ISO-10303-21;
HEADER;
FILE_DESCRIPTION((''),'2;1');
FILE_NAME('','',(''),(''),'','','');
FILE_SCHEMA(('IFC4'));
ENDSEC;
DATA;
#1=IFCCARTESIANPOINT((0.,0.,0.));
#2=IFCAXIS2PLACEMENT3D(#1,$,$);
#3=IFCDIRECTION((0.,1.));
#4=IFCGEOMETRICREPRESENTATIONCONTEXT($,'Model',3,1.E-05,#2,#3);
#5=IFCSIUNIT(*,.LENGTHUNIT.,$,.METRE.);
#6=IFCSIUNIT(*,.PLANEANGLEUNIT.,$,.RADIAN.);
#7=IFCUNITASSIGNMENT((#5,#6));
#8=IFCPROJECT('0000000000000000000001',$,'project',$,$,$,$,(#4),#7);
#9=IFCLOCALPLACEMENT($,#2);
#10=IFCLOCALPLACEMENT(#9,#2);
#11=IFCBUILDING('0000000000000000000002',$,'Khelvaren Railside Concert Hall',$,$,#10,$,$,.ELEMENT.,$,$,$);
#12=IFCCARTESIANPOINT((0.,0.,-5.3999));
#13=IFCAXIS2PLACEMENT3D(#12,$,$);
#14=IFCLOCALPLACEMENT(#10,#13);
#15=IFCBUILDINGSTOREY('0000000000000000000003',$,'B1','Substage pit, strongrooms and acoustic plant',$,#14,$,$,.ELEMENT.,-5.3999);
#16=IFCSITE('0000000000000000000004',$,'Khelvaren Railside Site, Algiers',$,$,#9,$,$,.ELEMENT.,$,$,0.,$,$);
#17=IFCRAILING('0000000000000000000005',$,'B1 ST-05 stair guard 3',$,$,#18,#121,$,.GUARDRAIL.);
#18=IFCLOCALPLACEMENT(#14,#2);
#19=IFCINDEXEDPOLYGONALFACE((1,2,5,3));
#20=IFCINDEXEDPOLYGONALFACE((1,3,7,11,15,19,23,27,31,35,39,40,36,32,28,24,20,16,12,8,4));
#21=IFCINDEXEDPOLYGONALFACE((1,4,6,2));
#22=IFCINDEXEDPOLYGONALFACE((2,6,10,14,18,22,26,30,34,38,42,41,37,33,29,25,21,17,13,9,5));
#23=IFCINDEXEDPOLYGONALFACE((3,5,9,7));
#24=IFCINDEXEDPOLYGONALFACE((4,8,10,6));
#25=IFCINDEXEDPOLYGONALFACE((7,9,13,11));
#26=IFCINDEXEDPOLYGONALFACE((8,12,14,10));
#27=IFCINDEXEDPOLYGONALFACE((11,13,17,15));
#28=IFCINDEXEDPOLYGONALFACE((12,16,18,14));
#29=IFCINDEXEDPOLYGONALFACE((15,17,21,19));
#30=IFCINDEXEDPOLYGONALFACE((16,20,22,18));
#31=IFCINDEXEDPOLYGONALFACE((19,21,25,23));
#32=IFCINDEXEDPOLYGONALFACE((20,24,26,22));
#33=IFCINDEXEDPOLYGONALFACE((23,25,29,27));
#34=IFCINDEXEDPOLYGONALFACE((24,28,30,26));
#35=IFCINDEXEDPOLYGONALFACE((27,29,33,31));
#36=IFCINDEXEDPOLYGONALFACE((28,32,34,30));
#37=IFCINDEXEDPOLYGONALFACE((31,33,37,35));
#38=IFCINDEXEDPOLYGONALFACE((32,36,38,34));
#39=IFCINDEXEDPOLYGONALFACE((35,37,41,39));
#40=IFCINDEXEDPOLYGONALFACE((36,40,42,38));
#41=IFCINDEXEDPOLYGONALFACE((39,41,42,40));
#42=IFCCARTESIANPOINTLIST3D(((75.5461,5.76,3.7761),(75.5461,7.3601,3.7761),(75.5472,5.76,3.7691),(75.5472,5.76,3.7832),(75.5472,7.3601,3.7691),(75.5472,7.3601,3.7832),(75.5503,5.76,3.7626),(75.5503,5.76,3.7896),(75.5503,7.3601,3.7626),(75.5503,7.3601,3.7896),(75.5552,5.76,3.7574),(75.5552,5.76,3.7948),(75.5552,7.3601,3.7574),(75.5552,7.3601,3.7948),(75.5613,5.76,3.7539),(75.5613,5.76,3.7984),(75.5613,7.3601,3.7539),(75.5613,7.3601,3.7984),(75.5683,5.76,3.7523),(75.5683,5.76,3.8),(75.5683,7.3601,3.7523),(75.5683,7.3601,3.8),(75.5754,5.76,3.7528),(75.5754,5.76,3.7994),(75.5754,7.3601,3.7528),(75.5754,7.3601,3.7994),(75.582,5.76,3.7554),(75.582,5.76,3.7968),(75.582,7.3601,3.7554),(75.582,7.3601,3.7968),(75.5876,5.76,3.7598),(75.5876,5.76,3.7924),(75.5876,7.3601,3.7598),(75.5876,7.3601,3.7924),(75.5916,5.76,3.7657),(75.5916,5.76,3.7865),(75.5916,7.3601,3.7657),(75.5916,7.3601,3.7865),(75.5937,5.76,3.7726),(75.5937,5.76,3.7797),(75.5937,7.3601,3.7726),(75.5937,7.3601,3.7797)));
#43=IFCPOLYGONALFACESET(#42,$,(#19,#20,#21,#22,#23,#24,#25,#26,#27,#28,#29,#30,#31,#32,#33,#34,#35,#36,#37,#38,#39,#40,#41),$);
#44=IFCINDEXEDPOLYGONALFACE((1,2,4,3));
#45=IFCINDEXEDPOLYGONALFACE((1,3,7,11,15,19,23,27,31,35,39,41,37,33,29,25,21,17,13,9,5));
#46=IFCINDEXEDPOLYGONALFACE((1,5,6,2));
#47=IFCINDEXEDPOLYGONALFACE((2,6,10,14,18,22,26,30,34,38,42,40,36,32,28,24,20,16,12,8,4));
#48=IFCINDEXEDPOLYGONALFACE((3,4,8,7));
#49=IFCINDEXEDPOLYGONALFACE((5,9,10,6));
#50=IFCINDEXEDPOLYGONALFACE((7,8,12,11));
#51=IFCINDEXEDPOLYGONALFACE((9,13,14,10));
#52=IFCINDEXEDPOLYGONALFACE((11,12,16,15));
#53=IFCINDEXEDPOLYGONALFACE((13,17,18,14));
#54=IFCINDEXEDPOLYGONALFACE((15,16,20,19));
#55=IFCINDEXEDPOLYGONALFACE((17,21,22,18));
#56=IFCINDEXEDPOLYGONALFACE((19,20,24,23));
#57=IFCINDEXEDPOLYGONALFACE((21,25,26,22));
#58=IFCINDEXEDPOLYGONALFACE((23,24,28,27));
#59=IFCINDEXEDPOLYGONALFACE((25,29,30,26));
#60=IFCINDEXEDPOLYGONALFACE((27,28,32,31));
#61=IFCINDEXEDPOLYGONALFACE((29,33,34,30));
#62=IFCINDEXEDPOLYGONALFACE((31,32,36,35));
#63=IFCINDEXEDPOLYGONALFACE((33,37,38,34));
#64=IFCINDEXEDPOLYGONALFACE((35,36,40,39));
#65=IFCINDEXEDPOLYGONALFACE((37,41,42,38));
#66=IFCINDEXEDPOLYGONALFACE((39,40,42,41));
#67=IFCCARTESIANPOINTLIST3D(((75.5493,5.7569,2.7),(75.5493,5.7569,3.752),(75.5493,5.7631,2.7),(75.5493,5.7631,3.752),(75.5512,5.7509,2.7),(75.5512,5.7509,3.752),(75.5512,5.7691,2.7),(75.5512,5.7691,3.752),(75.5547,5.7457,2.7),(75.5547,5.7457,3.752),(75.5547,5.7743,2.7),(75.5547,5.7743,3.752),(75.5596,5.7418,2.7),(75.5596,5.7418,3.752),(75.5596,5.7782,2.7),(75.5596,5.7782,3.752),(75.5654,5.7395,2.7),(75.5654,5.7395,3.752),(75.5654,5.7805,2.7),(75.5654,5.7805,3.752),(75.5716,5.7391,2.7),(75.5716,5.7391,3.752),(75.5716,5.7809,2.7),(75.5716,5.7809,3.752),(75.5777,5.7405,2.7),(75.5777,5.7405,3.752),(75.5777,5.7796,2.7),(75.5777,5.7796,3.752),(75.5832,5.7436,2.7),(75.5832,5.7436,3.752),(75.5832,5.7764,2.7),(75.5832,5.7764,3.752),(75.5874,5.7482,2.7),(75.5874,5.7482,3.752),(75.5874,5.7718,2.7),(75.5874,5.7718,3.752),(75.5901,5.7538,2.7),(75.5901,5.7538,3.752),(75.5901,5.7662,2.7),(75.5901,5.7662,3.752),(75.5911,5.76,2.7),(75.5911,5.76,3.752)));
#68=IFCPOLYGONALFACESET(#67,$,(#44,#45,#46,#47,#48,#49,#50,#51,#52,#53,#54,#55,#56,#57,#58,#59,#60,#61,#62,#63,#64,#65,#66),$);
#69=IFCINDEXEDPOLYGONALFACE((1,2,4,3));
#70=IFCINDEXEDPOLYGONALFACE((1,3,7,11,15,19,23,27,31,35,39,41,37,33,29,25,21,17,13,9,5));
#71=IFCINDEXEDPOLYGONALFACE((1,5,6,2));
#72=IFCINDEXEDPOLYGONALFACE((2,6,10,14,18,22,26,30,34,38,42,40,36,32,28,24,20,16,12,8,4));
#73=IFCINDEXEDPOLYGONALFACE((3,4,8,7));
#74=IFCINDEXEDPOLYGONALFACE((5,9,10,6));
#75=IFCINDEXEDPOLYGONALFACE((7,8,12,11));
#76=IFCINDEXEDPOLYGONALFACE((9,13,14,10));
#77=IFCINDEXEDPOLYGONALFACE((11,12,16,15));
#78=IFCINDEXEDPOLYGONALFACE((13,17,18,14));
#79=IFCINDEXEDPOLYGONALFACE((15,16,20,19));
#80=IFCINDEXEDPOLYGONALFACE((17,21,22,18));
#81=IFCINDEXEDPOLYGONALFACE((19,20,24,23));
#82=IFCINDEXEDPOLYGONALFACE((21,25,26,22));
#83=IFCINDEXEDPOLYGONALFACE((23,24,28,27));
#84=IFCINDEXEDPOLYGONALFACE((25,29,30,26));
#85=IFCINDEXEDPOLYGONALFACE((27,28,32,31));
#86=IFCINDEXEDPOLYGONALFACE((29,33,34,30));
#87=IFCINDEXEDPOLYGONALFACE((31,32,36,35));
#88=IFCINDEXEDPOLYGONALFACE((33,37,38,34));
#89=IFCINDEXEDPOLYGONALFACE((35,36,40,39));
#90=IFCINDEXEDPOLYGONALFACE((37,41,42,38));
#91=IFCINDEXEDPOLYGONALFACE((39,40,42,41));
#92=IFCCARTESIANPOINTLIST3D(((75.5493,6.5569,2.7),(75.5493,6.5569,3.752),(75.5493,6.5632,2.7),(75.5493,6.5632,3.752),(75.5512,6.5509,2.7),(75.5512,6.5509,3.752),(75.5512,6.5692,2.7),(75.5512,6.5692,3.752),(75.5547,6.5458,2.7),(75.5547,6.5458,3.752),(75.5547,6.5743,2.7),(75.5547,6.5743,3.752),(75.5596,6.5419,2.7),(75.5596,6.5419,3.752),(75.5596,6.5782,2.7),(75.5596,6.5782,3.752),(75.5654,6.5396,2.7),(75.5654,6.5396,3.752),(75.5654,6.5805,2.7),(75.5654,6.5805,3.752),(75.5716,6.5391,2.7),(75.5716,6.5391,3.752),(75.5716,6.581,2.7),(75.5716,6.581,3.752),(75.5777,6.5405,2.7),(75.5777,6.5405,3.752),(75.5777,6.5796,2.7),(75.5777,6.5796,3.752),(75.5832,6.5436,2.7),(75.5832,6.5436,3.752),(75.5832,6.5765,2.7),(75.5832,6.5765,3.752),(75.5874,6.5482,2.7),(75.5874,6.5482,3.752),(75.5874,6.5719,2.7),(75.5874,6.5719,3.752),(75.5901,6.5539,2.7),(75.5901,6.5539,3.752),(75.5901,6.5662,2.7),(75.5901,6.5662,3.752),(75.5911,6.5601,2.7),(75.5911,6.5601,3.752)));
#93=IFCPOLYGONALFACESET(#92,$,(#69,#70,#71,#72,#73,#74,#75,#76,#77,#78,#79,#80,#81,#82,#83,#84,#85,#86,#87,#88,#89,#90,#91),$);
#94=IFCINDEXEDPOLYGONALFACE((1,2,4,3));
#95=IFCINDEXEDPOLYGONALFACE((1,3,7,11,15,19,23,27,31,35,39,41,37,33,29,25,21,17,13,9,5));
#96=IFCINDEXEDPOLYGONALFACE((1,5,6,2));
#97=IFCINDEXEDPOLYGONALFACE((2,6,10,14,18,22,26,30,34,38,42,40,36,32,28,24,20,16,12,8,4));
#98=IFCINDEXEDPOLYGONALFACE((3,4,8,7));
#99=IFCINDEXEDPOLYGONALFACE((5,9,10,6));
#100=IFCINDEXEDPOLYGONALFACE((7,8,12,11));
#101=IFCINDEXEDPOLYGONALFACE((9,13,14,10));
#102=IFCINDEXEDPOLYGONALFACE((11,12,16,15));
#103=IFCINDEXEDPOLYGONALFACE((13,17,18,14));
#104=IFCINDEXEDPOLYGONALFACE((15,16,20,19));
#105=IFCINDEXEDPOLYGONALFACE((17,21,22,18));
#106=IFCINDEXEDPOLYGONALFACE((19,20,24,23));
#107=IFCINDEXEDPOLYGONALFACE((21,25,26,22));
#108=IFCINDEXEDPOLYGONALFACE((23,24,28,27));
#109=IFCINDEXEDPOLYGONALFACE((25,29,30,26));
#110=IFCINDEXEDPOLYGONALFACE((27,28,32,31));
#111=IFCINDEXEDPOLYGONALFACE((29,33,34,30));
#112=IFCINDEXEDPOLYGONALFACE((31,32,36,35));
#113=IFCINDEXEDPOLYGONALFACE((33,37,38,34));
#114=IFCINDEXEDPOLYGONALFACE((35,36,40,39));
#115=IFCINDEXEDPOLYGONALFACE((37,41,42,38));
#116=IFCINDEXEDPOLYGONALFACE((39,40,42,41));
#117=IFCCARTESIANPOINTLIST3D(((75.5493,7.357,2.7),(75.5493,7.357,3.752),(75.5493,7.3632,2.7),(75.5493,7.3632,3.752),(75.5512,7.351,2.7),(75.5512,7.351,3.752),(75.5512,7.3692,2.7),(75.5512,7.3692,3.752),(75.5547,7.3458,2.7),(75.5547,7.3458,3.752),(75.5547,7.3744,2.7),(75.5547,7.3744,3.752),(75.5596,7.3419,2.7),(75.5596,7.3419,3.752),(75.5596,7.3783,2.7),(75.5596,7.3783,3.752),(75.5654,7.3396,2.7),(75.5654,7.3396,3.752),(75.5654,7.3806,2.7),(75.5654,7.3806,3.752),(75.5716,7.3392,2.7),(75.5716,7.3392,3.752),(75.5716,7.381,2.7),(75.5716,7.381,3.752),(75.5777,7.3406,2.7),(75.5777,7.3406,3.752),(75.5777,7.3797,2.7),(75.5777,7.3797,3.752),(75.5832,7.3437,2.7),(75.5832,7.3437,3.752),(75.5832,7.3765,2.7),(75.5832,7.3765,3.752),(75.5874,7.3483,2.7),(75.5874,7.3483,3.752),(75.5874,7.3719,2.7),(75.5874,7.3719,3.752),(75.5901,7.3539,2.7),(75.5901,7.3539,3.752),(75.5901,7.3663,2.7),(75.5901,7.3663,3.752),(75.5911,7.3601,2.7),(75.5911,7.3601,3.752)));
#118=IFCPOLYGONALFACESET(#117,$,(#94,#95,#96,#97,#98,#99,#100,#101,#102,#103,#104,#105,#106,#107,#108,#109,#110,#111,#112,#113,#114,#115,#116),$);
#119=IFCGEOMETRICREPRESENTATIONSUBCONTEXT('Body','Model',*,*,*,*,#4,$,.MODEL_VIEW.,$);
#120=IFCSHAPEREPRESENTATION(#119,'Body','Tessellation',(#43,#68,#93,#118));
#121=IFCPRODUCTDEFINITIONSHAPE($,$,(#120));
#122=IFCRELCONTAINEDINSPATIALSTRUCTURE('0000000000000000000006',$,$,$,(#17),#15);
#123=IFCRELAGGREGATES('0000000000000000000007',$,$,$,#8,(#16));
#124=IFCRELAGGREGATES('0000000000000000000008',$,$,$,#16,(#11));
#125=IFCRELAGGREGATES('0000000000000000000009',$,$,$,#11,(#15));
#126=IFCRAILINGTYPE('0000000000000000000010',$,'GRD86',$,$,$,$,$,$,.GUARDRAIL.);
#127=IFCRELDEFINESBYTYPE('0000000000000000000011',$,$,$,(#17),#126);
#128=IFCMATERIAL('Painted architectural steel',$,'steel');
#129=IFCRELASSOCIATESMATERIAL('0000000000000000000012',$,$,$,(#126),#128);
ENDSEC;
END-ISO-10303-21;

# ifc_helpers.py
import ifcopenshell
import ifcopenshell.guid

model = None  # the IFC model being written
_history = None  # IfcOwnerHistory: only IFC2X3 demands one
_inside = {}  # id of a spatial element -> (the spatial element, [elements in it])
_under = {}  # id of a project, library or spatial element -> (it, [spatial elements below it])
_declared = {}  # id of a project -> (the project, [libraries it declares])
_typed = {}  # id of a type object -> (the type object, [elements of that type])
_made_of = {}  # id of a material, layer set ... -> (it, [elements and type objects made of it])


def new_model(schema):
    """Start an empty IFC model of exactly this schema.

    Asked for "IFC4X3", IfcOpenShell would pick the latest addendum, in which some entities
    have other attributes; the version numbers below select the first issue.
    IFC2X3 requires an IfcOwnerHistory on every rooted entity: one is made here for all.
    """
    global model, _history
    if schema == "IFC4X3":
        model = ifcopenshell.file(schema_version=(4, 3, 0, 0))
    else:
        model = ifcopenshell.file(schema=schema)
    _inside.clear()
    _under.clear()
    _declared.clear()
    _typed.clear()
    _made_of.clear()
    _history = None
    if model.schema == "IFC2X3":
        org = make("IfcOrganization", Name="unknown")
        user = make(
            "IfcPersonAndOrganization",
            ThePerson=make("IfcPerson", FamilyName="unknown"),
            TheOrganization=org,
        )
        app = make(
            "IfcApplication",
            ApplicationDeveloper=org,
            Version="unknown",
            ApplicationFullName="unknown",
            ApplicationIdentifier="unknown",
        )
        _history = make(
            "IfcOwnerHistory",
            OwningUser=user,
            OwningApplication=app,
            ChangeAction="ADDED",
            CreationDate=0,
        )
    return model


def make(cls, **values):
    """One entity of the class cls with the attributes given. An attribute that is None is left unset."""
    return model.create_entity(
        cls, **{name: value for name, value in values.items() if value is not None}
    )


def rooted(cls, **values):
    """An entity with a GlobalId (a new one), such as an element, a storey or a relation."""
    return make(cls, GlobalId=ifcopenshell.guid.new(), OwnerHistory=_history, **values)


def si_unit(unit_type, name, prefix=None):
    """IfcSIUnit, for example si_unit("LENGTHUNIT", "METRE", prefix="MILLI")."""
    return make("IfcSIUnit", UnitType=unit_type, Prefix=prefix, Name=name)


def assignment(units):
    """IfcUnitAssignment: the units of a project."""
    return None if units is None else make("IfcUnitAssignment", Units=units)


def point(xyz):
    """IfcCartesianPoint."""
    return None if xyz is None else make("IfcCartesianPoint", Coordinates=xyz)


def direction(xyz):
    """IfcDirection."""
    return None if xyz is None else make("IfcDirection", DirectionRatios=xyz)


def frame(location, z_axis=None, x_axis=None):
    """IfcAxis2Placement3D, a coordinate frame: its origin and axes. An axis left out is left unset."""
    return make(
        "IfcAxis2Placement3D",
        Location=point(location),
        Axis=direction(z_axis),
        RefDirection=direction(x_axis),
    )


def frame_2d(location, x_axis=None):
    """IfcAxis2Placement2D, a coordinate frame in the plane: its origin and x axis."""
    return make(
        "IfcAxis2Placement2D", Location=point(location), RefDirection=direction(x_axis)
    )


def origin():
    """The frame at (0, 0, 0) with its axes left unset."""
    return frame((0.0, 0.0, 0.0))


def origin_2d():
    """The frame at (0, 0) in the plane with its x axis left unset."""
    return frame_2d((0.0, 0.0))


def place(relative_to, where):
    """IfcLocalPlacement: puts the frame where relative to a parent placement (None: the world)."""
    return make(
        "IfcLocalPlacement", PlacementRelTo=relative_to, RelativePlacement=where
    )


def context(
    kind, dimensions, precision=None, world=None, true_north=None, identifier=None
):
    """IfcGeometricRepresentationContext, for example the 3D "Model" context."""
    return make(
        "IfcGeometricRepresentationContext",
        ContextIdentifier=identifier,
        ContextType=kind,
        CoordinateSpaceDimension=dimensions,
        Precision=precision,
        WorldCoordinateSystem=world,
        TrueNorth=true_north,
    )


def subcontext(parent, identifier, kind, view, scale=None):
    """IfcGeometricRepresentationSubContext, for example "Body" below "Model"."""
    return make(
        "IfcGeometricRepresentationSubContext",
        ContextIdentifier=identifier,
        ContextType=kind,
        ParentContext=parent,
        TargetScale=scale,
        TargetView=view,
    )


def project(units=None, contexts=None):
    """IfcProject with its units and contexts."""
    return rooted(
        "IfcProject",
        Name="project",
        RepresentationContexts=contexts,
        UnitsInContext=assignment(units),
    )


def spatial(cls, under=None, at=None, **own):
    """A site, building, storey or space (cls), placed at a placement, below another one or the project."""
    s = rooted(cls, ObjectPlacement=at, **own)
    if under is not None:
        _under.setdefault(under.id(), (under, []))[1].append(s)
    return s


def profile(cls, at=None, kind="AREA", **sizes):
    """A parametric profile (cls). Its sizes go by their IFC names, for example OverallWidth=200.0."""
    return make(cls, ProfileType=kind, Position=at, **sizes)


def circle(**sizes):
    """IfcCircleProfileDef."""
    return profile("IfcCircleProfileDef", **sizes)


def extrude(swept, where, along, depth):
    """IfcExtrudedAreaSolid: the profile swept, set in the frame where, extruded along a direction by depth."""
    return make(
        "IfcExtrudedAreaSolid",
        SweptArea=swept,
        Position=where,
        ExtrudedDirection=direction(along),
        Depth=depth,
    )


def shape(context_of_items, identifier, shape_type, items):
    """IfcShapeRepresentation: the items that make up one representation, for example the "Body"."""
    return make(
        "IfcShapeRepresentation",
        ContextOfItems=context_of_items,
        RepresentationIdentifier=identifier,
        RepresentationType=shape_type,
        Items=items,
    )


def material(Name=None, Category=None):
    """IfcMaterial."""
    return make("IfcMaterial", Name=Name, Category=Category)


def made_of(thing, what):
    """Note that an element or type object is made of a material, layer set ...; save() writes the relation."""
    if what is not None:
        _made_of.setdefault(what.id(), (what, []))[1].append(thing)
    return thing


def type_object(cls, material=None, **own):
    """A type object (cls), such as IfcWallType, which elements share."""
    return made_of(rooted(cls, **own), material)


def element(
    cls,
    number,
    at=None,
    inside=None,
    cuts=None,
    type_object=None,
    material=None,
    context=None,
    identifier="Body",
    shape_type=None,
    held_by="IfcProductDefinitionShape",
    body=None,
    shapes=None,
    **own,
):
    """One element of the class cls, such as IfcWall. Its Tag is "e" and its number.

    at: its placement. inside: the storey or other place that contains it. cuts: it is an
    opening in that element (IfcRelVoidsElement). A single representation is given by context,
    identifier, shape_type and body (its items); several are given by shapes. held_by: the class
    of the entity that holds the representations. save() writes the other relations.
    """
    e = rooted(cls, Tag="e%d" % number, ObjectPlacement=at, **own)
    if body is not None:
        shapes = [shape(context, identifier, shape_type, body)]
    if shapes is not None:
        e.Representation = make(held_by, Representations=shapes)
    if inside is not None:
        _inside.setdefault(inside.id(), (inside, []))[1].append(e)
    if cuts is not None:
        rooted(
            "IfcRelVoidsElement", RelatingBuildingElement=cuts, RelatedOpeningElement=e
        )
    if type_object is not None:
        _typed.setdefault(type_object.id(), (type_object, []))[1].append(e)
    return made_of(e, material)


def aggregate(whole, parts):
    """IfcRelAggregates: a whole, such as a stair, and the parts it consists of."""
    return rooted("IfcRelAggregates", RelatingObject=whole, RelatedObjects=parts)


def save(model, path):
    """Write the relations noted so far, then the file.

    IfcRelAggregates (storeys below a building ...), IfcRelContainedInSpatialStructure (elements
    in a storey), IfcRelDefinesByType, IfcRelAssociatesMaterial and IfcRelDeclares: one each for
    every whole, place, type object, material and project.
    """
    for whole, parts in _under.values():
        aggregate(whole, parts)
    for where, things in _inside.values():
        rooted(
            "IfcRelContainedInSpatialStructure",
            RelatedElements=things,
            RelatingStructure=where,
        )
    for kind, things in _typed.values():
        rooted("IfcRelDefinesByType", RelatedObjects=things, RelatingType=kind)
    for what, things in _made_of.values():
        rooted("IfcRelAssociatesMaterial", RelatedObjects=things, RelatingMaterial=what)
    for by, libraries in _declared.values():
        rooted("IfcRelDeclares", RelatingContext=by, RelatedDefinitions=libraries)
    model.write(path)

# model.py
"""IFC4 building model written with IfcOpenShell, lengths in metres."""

from ifc_helpers import new_model, si_unit, direction, frame, origin, origin_2d, place, context, subcontext, project, spatial, circle, extrude, material, type_object, element, save


model = new_model("IFC4")

# Units and contexts
model_context = context("Model", 3, precision=1e-05, world=origin(), true_north=direction((0.0, 1.0)))
body_context = subcontext(model_context, "Body", "Model", "MODEL_VIEW")
ifc_project = project(units=[si_unit("LENGTHUNIT", "METRE"), si_unit("PLANEANGLEUNIT", "RADIAN")], contexts=[model_context])

# Site, building, storey
site_placement = place(None, origin())
site = spatial("IfcSite", under=ifc_project, at=site_placement, Name="Khelvaren Railside Site, Algiers", CompositionType="ELEMENT", RefElevation=0.0)
building_placement = place(site_placement, origin())
building = spatial("IfcBuilding", under=site, at=building_placement, Name="Khelvaren Railside Concert Hall", CompositionType="ELEMENT")
storey_placement = place(building_placement, frame((0.0, 0.0, -5.3999)))
storey = spatial("IfcBuildingStorey", under=building, at=storey_placement, Name="B1", Description="Substage pit, strongrooms and acoustic plant", CompositionType="ELEMENT", Elevation=-5.3999)

# Railing
ifc_material_1 = material(Name="Painted architectural steel", Category="steel")
railing_type_1 = type_object("IfcRailingType", Name="GRD86", PredefinedType="GUARDRAIL", material=ifc_material_1)
railing_1_placement = place(storey_placement, frame((75.5701, 5.76, 2.7)))
element("IfcRailing", 1, at=railing_1_placement, inside=storey, type_object=railing_type_1, Name="B1 ST-05 stair guard 3", PredefinedType="GUARDRAIL", context=body_context, shape_type="SweptSolid", body=[
    extrude(circle(Radius=0.0239, at=origin_2d()), frame((0.0, 0.0, 1.0762), z_axis=(0.0, 1.0, 0.0), x_axis=(-1.0, 0.0, 0.0)), (0.0, 0.0, 1.0), 1.6001),
    extrude(circle(Radius=0.021, at=origin_2d()), origin(), (0.0, 0.0, 1.0), 1.052),
    extrude(circle(Radius=0.021, at=origin_2d()), frame((0.0, 0.8, 0.0)), (0.0, 0.0, 1.0), 1.052),
    extrude(circle(Radius=0.021, at=origin_2d()), frame((0.0, 1.6001, 0.0)), (0.0, 0.0, 1.0), 1.052),
])

save(model, "model.ifc")
